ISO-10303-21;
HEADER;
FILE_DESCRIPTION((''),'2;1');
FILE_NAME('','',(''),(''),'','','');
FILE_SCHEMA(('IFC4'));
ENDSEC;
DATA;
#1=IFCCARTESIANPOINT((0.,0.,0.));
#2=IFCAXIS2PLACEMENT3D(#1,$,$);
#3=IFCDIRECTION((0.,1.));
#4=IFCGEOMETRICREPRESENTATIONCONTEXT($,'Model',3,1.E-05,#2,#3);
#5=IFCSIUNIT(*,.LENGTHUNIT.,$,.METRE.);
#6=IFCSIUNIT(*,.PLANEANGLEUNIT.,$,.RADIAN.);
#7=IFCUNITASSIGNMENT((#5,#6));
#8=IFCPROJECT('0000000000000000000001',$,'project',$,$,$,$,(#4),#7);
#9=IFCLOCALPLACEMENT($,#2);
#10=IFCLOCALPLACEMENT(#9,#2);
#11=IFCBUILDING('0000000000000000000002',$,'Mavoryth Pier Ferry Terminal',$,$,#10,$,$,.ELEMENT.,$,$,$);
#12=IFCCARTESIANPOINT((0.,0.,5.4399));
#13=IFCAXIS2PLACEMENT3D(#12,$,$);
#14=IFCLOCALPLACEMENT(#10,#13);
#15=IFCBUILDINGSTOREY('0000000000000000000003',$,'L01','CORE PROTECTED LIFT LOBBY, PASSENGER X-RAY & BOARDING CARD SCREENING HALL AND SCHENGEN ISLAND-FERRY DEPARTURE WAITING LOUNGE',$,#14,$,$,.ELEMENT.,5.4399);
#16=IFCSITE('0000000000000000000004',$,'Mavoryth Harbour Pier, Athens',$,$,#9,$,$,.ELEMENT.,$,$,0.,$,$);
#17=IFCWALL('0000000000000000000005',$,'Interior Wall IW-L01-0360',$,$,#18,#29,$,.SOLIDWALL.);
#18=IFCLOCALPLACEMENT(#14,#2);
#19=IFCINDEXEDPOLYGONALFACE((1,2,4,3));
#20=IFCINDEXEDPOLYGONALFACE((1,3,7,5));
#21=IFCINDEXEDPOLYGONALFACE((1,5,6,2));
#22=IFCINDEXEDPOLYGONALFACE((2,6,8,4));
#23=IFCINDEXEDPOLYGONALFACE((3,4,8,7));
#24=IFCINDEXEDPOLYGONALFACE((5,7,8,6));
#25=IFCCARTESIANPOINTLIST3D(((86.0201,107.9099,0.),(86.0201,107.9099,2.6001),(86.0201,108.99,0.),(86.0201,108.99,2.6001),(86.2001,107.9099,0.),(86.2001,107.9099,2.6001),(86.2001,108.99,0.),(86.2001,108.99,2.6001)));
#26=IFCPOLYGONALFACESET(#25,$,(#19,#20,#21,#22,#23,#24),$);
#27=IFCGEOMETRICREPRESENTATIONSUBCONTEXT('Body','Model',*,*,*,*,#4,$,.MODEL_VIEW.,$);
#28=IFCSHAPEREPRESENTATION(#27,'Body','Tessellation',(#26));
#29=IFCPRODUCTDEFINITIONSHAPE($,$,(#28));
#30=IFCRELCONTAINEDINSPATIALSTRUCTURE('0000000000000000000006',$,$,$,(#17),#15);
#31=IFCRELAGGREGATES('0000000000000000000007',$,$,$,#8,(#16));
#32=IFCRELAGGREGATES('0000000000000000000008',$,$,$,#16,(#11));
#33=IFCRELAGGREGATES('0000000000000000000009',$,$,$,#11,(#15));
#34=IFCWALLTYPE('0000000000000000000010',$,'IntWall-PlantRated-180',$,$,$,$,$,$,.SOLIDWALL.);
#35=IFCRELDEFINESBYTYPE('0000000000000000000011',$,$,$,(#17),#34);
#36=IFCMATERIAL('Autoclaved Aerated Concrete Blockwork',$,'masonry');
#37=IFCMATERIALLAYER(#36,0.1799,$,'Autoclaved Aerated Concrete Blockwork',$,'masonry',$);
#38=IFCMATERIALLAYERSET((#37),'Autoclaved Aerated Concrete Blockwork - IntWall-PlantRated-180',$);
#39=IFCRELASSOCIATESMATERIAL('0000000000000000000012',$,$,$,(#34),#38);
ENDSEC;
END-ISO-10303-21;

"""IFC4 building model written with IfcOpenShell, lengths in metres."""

from ifc_helpers import new_model, si_unit, direction, frame, frame_2d, origin, place, context, subcontext, project, spatial, rectangle, extrude, material, layer, layer_set, type_object, element, save


model = new_model("IFC4")

# Units and contexts
model_context = context("Model", 3, precision=1e-05, world=origin(), true_north=direction((0.0, 1.0)))
body_context = subcontext(model_context, "Body", "Model", "MODEL_VIEW")
ifc_project = project(units=[si_unit("LENGTHUNIT", "METRE"), si_unit("PLANEANGLEUNIT", "RADIAN")], contexts=[model_context])

# Site, building, storey
site_placement = place(None, origin())
site = spatial("IfcSite", under=ifc_project, at=site_placement, Name="Mavoryth Harbour Pier, Athens", CompositionType="ELEMENT", RefElevation=0.0)
building_placement = place(site_placement, origin())
building = spatial("IfcBuilding", under=site, at=building_placement, Name="Mavoryth Pier Ferry Terminal", CompositionType="ELEMENT")
storey_placement = place(building_placement, frame((0.0, 0.0, 5.4399)))
storey = spatial("IfcBuildingStorey", under=building, at=storey_placement, Name="L01", Description="CORE PROTECTED LIFT LOBBY, PASSENGER X-RAY & BOARDING CARD SCREENING HALL AND SCHENGEN ISLAND-FERRY DEPARTURE WAITING LOUNGE", CompositionType="ELEMENT", Elevation=5.4399)

# Wall
ifc_material_1 = material(Name="Autoclaved Aerated Concrete Blockwork", Category="masonry")
ifc_layer_1 = layer(ifc_material_1, 0.1799, Name="Autoclaved Aerated Concrete Blockwork", Category="masonry")
ifc_layer_set_1 = layer_set([ifc_layer_1], Name="Autoclaved Aerated Concrete Blockwork - IntWall-PlantRated-180")
wall_type = type_object("IfcWallType", Name="IntWall-PlantRated-180", PredefinedType="SOLIDWALL", material=ifc_layer_set_1)
wall_1_placement = place(storey_placement, frame((86.1101, 108.99, 0.0), z_axis=(0.0, 0.0, 1.0), x_axis=(0.0, -1.0, 0.0)))
element("IfcWall", 1, at=wall_1_placement, inside=storey, type_object=wall_type, Name="Interior Wall IW-L01-0360", PredefinedType="SOLIDWALL", context=body_context, shape_type="SweptSolid", body=[
    extrude(rectangle(XDim=1.0801, YDim=0.1799, at=frame_2d((0.54, 0.0))), origin(), (0.0, 0.0, 1.0), 2.6001),
])

save(model, "model.ifc")
